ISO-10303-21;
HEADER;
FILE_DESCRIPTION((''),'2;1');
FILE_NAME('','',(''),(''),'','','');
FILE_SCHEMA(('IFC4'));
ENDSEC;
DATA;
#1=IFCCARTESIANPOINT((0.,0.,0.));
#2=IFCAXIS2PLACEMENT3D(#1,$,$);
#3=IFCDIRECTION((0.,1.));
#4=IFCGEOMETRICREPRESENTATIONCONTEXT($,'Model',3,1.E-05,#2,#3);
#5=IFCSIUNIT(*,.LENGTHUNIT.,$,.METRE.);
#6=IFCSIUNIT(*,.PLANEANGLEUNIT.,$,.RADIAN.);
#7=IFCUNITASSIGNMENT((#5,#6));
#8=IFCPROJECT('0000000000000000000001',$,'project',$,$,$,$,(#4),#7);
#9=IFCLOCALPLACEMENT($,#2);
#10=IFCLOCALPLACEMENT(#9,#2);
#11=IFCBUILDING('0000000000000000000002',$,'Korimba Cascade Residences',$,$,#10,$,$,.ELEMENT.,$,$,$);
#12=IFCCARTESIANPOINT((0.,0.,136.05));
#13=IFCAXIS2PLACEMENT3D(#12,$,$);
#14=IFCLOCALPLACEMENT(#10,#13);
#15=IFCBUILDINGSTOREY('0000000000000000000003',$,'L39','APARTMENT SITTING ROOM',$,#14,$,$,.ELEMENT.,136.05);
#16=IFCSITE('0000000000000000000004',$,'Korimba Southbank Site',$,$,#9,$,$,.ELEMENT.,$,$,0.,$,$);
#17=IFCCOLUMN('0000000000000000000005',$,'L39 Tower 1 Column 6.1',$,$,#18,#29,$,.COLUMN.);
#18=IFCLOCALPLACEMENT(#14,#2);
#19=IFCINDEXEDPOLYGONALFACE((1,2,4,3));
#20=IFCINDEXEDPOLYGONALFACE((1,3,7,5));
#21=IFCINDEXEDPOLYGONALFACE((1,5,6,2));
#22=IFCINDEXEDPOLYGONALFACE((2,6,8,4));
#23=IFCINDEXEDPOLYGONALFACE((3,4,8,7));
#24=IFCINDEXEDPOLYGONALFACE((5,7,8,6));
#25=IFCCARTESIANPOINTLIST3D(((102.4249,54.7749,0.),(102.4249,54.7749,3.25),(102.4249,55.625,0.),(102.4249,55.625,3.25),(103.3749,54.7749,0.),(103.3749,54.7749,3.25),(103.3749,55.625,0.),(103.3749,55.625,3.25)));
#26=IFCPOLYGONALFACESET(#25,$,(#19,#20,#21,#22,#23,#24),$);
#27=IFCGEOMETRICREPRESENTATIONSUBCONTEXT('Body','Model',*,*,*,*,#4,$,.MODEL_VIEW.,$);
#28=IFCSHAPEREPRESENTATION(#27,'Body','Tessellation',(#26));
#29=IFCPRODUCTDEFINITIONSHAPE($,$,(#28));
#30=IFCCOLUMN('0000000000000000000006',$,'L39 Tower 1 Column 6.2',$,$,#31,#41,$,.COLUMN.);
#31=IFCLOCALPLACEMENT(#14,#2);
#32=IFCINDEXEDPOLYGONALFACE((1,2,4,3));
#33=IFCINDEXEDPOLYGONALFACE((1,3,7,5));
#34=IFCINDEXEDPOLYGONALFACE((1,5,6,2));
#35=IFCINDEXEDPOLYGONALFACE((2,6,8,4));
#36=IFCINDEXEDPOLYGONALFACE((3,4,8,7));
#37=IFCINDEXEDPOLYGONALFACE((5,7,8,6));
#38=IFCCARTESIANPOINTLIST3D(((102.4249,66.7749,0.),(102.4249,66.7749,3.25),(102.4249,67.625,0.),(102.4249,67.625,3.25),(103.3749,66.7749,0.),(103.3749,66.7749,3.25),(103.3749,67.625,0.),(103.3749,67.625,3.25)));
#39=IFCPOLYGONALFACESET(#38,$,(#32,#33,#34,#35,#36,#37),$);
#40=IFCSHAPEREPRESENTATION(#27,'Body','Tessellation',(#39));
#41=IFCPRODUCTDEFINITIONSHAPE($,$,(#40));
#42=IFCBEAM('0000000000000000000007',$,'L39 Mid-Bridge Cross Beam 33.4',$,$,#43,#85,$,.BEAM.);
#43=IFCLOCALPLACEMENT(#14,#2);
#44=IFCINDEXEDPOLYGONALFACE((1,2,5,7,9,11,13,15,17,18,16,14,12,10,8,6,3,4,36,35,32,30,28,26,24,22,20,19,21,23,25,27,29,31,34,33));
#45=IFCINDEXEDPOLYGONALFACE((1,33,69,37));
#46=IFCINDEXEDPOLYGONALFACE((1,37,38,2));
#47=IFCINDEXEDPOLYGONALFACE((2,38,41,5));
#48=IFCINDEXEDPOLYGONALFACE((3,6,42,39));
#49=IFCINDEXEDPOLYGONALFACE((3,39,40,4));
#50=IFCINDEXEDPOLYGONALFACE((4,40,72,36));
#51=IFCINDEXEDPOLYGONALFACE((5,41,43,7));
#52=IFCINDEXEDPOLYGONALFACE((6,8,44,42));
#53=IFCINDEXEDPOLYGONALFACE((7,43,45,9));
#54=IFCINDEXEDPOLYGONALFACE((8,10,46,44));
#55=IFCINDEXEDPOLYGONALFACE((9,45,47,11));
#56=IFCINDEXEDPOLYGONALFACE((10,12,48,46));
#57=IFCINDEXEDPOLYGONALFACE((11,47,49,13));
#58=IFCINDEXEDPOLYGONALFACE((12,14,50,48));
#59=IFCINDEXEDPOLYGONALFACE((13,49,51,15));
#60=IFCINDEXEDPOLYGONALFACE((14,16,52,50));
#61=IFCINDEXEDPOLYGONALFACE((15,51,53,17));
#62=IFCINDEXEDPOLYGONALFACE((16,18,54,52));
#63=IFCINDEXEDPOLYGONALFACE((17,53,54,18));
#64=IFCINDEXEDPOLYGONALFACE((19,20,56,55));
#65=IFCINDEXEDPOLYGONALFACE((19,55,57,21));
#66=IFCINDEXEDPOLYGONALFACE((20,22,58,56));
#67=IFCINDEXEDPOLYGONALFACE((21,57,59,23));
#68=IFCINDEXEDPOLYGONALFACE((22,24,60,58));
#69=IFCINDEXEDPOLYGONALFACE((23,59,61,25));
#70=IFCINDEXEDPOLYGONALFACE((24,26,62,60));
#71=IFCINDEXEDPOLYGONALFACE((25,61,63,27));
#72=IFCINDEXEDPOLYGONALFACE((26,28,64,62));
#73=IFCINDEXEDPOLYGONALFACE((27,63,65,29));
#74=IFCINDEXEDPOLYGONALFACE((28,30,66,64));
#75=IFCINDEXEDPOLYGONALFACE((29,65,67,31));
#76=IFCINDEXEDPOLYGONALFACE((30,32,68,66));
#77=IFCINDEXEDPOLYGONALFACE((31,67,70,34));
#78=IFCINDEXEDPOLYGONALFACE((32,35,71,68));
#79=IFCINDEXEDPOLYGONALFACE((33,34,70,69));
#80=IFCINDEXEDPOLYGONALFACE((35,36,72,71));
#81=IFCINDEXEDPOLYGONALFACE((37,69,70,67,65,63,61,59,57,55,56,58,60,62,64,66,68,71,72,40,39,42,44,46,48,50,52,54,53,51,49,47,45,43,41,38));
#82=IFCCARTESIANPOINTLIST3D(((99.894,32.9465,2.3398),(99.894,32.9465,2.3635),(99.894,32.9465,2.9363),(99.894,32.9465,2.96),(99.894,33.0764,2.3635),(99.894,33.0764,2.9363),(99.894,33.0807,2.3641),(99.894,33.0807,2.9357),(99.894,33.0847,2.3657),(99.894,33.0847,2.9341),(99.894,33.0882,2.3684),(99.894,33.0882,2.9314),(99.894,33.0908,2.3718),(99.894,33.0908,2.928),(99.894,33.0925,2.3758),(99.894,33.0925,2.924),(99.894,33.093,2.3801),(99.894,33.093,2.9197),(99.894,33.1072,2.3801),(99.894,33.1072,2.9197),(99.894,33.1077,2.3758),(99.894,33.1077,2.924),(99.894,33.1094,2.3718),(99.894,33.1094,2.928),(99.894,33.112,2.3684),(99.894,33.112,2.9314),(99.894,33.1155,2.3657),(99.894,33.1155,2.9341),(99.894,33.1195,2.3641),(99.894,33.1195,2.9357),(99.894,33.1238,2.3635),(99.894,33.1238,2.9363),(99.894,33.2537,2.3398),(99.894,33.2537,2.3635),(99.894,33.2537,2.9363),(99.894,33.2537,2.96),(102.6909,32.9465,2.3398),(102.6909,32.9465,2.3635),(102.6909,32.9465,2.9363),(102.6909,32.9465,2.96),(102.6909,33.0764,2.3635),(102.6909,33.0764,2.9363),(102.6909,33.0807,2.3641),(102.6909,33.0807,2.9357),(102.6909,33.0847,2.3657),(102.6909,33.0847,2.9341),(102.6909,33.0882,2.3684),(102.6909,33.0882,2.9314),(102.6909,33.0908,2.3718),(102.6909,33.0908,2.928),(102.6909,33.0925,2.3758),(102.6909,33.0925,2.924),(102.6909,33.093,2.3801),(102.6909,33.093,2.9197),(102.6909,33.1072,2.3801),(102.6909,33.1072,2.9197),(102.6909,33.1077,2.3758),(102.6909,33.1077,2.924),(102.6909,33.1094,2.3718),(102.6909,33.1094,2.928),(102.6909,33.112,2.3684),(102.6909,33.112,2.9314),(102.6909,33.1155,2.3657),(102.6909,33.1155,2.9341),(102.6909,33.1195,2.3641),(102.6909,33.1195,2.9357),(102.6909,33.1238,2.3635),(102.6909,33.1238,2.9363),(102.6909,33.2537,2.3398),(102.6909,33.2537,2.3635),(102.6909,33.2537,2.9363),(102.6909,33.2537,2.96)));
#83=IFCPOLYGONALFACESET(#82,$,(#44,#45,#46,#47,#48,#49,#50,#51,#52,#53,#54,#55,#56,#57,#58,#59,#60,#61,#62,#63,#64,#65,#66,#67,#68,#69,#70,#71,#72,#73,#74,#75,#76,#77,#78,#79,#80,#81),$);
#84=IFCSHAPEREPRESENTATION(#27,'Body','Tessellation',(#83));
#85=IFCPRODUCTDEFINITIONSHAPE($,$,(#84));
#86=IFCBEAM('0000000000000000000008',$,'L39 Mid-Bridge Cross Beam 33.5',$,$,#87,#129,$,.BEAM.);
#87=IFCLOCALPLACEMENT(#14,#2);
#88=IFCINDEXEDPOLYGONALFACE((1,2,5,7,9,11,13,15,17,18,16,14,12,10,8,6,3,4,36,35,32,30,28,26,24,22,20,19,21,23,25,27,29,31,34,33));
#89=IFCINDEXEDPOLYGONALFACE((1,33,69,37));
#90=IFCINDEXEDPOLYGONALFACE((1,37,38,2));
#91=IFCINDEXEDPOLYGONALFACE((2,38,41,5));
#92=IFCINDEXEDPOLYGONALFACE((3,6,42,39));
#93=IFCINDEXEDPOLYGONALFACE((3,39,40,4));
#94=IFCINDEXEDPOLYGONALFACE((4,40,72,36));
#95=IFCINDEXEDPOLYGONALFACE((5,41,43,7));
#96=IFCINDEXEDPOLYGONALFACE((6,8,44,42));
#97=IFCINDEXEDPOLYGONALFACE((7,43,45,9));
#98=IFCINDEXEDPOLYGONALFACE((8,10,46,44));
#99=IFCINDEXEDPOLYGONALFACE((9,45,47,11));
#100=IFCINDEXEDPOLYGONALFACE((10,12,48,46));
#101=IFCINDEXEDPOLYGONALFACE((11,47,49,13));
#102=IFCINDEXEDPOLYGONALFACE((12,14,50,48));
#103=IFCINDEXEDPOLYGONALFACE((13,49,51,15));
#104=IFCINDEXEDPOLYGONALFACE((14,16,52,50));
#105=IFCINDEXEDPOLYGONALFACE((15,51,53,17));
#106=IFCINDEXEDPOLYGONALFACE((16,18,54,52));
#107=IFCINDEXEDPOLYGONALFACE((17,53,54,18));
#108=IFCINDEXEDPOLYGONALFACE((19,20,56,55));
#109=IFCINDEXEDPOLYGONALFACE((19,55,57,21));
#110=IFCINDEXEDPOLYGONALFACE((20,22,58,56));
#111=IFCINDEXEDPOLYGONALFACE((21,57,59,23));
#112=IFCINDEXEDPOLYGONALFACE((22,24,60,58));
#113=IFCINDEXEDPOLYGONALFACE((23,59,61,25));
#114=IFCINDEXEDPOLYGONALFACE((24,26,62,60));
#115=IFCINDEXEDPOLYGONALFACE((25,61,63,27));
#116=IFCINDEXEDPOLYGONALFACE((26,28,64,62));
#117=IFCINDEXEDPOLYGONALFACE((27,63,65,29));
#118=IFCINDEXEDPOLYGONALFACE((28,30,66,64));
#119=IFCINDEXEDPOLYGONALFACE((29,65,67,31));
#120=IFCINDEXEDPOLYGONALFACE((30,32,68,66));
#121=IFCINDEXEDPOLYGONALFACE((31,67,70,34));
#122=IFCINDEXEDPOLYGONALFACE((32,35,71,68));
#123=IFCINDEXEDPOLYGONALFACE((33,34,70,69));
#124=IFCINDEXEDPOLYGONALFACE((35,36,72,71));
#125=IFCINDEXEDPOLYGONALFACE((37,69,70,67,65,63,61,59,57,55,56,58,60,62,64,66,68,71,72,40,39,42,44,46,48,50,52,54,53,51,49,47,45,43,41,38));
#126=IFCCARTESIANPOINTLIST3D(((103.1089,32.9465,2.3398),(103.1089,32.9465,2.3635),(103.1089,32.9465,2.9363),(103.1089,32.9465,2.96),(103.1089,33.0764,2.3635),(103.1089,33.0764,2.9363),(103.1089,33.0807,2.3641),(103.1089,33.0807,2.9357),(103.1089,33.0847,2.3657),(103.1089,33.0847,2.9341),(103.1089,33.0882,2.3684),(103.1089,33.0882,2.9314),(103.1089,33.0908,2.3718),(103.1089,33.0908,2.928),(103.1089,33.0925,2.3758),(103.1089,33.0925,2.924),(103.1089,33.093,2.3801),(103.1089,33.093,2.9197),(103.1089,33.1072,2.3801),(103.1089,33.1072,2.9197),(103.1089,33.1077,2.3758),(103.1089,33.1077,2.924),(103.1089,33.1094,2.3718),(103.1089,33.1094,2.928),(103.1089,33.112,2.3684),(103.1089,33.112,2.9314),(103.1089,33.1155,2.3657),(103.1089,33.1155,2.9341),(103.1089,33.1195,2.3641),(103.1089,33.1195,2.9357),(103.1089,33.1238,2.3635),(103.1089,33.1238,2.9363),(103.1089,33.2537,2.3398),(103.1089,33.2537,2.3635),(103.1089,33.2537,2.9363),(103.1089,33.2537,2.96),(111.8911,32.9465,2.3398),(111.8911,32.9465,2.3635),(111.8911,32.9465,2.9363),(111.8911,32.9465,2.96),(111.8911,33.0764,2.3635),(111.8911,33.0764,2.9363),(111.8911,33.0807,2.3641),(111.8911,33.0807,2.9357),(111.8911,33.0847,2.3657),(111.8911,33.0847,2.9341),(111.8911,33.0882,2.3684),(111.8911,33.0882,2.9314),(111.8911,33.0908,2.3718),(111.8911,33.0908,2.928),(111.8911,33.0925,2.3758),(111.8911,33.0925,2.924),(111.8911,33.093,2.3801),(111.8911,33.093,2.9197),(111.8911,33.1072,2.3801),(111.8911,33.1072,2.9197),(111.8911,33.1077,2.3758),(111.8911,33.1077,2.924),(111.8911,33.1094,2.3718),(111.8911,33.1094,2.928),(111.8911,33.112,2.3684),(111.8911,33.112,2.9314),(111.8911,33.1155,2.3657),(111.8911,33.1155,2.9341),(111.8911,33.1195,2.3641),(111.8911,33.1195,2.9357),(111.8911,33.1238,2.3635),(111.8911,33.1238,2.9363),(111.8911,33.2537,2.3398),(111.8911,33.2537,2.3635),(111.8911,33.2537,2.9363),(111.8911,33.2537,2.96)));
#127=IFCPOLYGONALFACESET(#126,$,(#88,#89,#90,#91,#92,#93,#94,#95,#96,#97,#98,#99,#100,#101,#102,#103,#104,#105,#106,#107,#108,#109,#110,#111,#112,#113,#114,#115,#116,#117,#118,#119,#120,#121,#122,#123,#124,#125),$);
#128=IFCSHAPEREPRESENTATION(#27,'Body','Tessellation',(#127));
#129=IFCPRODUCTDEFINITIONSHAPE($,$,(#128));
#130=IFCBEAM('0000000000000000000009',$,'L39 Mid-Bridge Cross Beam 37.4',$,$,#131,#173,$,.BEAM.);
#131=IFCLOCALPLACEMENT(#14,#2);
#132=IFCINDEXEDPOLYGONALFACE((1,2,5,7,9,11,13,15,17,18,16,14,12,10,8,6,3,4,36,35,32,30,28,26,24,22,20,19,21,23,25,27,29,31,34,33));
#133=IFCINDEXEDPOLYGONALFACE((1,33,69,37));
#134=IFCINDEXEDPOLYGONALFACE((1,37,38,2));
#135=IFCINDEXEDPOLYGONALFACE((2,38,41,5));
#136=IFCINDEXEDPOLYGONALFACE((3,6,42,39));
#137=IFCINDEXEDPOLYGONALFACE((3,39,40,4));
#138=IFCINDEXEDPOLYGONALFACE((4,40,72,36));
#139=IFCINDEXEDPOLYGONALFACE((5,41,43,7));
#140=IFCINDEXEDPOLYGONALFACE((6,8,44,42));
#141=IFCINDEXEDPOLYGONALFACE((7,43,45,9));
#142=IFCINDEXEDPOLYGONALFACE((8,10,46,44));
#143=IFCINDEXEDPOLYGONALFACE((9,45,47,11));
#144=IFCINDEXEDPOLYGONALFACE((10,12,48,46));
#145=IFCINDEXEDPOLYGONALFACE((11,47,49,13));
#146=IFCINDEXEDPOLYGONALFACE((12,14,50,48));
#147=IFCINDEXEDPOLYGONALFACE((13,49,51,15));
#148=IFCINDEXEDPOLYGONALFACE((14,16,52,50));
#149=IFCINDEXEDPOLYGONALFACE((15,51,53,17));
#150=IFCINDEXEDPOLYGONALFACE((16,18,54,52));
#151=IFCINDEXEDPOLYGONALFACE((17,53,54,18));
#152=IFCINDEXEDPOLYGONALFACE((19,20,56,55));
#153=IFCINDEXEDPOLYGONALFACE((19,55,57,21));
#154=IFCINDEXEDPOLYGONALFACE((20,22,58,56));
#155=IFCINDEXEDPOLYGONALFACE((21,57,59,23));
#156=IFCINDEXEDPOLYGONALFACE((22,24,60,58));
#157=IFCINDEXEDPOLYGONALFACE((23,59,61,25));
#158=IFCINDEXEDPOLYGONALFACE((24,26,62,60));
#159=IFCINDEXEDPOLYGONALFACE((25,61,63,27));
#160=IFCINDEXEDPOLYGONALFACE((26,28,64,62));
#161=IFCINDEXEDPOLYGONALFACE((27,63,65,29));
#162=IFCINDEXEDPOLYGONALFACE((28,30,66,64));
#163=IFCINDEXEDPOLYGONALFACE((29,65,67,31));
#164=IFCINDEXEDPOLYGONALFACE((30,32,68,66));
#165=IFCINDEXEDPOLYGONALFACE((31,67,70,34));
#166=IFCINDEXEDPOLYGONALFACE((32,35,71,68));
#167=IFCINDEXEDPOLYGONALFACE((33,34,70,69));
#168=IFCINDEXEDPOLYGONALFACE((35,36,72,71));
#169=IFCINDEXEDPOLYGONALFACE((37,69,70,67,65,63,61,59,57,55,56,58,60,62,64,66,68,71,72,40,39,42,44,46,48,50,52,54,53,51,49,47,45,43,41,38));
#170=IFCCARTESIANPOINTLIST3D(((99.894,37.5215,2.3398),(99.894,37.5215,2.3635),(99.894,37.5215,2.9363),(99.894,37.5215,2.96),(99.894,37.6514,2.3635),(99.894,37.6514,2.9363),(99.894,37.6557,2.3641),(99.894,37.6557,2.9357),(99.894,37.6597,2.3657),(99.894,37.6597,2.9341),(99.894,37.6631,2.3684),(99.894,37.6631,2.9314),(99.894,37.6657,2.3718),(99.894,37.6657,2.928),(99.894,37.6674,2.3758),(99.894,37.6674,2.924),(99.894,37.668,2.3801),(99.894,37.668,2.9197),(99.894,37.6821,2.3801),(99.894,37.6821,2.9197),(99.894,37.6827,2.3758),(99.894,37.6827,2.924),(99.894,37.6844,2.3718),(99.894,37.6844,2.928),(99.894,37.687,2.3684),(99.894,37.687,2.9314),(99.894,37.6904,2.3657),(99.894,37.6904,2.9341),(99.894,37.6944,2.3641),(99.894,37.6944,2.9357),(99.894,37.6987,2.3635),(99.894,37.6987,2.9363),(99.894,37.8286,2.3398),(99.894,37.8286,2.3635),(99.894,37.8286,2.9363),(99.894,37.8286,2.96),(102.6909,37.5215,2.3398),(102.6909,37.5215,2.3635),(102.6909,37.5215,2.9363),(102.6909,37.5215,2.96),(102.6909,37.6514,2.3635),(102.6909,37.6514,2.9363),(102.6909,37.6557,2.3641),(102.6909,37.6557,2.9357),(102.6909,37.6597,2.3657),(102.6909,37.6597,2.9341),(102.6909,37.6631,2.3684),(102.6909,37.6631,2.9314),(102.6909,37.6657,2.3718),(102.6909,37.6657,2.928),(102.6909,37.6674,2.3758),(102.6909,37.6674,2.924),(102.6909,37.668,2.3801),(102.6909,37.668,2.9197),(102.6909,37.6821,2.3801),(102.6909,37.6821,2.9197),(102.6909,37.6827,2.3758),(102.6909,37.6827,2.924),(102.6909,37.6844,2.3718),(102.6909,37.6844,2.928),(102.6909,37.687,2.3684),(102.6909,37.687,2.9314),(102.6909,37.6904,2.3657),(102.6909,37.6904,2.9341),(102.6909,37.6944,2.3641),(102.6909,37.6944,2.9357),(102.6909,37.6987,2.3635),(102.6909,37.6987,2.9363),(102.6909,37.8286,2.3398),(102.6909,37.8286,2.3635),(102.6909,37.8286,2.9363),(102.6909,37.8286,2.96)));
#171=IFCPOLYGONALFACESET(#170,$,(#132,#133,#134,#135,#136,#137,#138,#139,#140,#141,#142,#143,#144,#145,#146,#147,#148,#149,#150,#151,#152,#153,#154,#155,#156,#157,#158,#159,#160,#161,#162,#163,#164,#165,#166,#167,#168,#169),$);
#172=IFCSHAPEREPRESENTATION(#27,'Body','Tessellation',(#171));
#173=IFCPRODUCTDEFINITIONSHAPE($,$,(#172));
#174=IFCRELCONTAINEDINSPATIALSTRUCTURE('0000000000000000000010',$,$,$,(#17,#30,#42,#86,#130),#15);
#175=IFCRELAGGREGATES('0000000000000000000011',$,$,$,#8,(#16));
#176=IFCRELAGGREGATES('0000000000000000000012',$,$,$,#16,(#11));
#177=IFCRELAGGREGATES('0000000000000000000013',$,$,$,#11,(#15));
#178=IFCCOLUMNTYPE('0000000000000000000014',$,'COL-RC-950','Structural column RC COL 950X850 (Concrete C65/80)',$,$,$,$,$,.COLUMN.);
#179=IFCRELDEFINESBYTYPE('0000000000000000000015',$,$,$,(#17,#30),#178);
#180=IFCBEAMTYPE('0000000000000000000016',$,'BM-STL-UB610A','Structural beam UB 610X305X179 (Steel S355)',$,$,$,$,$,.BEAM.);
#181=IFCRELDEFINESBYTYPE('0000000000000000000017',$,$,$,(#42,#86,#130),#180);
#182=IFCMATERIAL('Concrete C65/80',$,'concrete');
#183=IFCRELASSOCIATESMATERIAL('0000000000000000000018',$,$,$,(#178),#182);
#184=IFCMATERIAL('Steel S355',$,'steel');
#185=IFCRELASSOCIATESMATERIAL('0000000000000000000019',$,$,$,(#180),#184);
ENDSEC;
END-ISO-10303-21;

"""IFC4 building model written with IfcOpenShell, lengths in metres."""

from ifc_helpers import new_model, si_unit, direction, frame, origin, origin_2d, place, context, subcontext, project, spatial, rectangle, i_section, extrude, material, material_profile, profile_set, type_object, element, save


model = new_model("IFC4")

# Units and contexts
model_context = context("Model", 3, precision=1e-05, world=origin(), true_north=direction((0.0, 1.0)))
body_context = subcontext(model_context, "Body", "Model", "MODEL_VIEW")
ifc_project = project(units=[si_unit("LENGTHUNIT", "METRE"), si_unit("PLANEANGLEUNIT", "RADIAN")], contexts=[model_context])

# Site, building, storey
site_placement = place(None, origin())
site = spatial("IfcSite", under=ifc_project, at=site_placement, Name="Korimba Southbank Site", CompositionType="ELEMENT", RefElevation=0.0)
building_placement = place(site_placement, origin())
building = spatial("IfcBuilding", under=site, at=building_placement, Name="Korimba Cascade Residences", CompositionType="ELEMENT")
storey_placement = place(building_placement, frame((0.0, 0.0, 136.05)))
storey = spatial("IfcBuildingStorey", under=building, at=storey_placement, Name="L39", Description="APARTMENT SITTING ROOM", CompositionType="ELEMENT", Elevation=136.05)

# Columns
ifc_material_1 = material(Name="Concrete C65/80", Category="concrete")
ifc_material_profile_1 = material_profile(ifc_material_1, rectangle(XDim=0.95, YDim=0.8501, at=origin_2d()), Name="Concrete C65/80")
ifc_profile_set_1 = profile_set([ifc_material_profile_1], Name="Concrete C65/80")
column_type = type_object("IfcColumnType", Name="COL-RC-950", Description="Structural column RC COL 950X850 (Concrete C65/80)", PredefinedType="COLUMN", material=ifc_profile_set_1)
for number, where, z_axis, x_axis, name in (
    (1, (102.8999, 55.2, 0.0), (0.0, 0.0, 1.0), (1.0, 0.0, 0.0), "L39 Tower 1 Column 6.1"),
    (2, (102.8999, 67.2, 0.0), (0.0, 0.0, 1.0), (1.0, 0.0, 0.0), "L39 Tower 1 Column 6.2"),
):
    element("IfcColumn", number, at=place(storey_placement, frame(where, z_axis=z_axis, x_axis=x_axis)), inside=storey, type_object=column_type, Name=name, PredefinedType="COLUMN", context=body_context, shape_type="SweptSolid", body=[
        extrude(rectangle(XDim=0.95, YDim=0.8501, at=origin_2d()), origin(), (0.0, 0.0, 1.0), 3.25),
    ])

# Beams
ifc_material_2 = material(Name="Steel S355", Category="steel")
ifc_material_profile_2 = material_profile(ifc_material_2, i_section(OverallWidth=0.3071, OverallDepth=0.6201, WebThickness=0.0142, FlangeThickness=0.0237, FilletRadius=0.0166, at=origin_2d()), Name="Steel S355")
ifc_profile_set_2 = profile_set([ifc_material_profile_2], Name="Steel S355")
beam_type_1 = type_object("IfcBeamType", Name="BM-STL-UB610A", Description="Structural beam UB 610X305X179 (Steel S355)", PredefinedType="BEAM", material=ifc_profile_set_2)
beam_1_placement = place(storey_placement, frame((99.894, 33.1001, 2.6499), z_axis=(1.0, 0.0, 0.0), x_axis=(0.0, 1.0, 0.0)))
element("IfcBeam", 3, at=beam_1_placement, inside=storey, type_object=beam_type_1, Name="L39 Mid-Bridge Cross Beam 33.4", PredefinedType="BEAM", context=body_context, shape_type="SweptSolid", body=[
    extrude(i_section(OverallWidth=0.3071, OverallDepth=0.6201, WebThickness=0.0142, FlangeThickness=0.0237, FilletRadius=0.0166, at=origin_2d()), origin(), (0.0, 0.0, 1.0), 2.7969),
])
beam_2_placement = place(storey_placement, frame((103.1089, 33.1001, 2.6499), z_axis=(1.0, 0.0, 0.0), x_axis=(0.0, 1.0, 0.0)))
element("IfcBeam", 4, at=beam_2_placement, inside=storey, type_object=beam_type_1, Name="L39 Mid-Bridge Cross Beam 33.5", PredefinedType="BEAM", context=body_context, shape_type="SweptSolid", body=[
    extrude(i_section(OverallWidth=0.3071, OverallDepth=0.6201, WebThickness=0.0142, FlangeThickness=0.0237, FilletRadius=0.0166, at=origin_2d()), origin(), (0.0, 0.0, 1.0), 8.7822),
])
beam_3_placement = place(storey_placement, frame((99.894, 37.675, 2.6499), z_axis=(1.0, 0.0, 0.0), x_axis=(0.0, 1.0, 0.0)))
element("IfcBeam", 5, at=beam_3_placement, inside=storey, type_object=beam_type_1, Name="L39 Mid-Bridge Cross Beam 37.4", PredefinedType="BEAM", context=body_context, shape_type="SweptSolid", body=[
    extrude(i_section(OverallWidth=0.3071, OverallDepth=0.6201, WebThickness=0.0142, FlangeThickness=0.0237, FilletRadius=0.0166, at=origin_2d()), origin(), (0.0, 0.0, 1.0), 2.7969),
])

save(model, "model.ifc")
